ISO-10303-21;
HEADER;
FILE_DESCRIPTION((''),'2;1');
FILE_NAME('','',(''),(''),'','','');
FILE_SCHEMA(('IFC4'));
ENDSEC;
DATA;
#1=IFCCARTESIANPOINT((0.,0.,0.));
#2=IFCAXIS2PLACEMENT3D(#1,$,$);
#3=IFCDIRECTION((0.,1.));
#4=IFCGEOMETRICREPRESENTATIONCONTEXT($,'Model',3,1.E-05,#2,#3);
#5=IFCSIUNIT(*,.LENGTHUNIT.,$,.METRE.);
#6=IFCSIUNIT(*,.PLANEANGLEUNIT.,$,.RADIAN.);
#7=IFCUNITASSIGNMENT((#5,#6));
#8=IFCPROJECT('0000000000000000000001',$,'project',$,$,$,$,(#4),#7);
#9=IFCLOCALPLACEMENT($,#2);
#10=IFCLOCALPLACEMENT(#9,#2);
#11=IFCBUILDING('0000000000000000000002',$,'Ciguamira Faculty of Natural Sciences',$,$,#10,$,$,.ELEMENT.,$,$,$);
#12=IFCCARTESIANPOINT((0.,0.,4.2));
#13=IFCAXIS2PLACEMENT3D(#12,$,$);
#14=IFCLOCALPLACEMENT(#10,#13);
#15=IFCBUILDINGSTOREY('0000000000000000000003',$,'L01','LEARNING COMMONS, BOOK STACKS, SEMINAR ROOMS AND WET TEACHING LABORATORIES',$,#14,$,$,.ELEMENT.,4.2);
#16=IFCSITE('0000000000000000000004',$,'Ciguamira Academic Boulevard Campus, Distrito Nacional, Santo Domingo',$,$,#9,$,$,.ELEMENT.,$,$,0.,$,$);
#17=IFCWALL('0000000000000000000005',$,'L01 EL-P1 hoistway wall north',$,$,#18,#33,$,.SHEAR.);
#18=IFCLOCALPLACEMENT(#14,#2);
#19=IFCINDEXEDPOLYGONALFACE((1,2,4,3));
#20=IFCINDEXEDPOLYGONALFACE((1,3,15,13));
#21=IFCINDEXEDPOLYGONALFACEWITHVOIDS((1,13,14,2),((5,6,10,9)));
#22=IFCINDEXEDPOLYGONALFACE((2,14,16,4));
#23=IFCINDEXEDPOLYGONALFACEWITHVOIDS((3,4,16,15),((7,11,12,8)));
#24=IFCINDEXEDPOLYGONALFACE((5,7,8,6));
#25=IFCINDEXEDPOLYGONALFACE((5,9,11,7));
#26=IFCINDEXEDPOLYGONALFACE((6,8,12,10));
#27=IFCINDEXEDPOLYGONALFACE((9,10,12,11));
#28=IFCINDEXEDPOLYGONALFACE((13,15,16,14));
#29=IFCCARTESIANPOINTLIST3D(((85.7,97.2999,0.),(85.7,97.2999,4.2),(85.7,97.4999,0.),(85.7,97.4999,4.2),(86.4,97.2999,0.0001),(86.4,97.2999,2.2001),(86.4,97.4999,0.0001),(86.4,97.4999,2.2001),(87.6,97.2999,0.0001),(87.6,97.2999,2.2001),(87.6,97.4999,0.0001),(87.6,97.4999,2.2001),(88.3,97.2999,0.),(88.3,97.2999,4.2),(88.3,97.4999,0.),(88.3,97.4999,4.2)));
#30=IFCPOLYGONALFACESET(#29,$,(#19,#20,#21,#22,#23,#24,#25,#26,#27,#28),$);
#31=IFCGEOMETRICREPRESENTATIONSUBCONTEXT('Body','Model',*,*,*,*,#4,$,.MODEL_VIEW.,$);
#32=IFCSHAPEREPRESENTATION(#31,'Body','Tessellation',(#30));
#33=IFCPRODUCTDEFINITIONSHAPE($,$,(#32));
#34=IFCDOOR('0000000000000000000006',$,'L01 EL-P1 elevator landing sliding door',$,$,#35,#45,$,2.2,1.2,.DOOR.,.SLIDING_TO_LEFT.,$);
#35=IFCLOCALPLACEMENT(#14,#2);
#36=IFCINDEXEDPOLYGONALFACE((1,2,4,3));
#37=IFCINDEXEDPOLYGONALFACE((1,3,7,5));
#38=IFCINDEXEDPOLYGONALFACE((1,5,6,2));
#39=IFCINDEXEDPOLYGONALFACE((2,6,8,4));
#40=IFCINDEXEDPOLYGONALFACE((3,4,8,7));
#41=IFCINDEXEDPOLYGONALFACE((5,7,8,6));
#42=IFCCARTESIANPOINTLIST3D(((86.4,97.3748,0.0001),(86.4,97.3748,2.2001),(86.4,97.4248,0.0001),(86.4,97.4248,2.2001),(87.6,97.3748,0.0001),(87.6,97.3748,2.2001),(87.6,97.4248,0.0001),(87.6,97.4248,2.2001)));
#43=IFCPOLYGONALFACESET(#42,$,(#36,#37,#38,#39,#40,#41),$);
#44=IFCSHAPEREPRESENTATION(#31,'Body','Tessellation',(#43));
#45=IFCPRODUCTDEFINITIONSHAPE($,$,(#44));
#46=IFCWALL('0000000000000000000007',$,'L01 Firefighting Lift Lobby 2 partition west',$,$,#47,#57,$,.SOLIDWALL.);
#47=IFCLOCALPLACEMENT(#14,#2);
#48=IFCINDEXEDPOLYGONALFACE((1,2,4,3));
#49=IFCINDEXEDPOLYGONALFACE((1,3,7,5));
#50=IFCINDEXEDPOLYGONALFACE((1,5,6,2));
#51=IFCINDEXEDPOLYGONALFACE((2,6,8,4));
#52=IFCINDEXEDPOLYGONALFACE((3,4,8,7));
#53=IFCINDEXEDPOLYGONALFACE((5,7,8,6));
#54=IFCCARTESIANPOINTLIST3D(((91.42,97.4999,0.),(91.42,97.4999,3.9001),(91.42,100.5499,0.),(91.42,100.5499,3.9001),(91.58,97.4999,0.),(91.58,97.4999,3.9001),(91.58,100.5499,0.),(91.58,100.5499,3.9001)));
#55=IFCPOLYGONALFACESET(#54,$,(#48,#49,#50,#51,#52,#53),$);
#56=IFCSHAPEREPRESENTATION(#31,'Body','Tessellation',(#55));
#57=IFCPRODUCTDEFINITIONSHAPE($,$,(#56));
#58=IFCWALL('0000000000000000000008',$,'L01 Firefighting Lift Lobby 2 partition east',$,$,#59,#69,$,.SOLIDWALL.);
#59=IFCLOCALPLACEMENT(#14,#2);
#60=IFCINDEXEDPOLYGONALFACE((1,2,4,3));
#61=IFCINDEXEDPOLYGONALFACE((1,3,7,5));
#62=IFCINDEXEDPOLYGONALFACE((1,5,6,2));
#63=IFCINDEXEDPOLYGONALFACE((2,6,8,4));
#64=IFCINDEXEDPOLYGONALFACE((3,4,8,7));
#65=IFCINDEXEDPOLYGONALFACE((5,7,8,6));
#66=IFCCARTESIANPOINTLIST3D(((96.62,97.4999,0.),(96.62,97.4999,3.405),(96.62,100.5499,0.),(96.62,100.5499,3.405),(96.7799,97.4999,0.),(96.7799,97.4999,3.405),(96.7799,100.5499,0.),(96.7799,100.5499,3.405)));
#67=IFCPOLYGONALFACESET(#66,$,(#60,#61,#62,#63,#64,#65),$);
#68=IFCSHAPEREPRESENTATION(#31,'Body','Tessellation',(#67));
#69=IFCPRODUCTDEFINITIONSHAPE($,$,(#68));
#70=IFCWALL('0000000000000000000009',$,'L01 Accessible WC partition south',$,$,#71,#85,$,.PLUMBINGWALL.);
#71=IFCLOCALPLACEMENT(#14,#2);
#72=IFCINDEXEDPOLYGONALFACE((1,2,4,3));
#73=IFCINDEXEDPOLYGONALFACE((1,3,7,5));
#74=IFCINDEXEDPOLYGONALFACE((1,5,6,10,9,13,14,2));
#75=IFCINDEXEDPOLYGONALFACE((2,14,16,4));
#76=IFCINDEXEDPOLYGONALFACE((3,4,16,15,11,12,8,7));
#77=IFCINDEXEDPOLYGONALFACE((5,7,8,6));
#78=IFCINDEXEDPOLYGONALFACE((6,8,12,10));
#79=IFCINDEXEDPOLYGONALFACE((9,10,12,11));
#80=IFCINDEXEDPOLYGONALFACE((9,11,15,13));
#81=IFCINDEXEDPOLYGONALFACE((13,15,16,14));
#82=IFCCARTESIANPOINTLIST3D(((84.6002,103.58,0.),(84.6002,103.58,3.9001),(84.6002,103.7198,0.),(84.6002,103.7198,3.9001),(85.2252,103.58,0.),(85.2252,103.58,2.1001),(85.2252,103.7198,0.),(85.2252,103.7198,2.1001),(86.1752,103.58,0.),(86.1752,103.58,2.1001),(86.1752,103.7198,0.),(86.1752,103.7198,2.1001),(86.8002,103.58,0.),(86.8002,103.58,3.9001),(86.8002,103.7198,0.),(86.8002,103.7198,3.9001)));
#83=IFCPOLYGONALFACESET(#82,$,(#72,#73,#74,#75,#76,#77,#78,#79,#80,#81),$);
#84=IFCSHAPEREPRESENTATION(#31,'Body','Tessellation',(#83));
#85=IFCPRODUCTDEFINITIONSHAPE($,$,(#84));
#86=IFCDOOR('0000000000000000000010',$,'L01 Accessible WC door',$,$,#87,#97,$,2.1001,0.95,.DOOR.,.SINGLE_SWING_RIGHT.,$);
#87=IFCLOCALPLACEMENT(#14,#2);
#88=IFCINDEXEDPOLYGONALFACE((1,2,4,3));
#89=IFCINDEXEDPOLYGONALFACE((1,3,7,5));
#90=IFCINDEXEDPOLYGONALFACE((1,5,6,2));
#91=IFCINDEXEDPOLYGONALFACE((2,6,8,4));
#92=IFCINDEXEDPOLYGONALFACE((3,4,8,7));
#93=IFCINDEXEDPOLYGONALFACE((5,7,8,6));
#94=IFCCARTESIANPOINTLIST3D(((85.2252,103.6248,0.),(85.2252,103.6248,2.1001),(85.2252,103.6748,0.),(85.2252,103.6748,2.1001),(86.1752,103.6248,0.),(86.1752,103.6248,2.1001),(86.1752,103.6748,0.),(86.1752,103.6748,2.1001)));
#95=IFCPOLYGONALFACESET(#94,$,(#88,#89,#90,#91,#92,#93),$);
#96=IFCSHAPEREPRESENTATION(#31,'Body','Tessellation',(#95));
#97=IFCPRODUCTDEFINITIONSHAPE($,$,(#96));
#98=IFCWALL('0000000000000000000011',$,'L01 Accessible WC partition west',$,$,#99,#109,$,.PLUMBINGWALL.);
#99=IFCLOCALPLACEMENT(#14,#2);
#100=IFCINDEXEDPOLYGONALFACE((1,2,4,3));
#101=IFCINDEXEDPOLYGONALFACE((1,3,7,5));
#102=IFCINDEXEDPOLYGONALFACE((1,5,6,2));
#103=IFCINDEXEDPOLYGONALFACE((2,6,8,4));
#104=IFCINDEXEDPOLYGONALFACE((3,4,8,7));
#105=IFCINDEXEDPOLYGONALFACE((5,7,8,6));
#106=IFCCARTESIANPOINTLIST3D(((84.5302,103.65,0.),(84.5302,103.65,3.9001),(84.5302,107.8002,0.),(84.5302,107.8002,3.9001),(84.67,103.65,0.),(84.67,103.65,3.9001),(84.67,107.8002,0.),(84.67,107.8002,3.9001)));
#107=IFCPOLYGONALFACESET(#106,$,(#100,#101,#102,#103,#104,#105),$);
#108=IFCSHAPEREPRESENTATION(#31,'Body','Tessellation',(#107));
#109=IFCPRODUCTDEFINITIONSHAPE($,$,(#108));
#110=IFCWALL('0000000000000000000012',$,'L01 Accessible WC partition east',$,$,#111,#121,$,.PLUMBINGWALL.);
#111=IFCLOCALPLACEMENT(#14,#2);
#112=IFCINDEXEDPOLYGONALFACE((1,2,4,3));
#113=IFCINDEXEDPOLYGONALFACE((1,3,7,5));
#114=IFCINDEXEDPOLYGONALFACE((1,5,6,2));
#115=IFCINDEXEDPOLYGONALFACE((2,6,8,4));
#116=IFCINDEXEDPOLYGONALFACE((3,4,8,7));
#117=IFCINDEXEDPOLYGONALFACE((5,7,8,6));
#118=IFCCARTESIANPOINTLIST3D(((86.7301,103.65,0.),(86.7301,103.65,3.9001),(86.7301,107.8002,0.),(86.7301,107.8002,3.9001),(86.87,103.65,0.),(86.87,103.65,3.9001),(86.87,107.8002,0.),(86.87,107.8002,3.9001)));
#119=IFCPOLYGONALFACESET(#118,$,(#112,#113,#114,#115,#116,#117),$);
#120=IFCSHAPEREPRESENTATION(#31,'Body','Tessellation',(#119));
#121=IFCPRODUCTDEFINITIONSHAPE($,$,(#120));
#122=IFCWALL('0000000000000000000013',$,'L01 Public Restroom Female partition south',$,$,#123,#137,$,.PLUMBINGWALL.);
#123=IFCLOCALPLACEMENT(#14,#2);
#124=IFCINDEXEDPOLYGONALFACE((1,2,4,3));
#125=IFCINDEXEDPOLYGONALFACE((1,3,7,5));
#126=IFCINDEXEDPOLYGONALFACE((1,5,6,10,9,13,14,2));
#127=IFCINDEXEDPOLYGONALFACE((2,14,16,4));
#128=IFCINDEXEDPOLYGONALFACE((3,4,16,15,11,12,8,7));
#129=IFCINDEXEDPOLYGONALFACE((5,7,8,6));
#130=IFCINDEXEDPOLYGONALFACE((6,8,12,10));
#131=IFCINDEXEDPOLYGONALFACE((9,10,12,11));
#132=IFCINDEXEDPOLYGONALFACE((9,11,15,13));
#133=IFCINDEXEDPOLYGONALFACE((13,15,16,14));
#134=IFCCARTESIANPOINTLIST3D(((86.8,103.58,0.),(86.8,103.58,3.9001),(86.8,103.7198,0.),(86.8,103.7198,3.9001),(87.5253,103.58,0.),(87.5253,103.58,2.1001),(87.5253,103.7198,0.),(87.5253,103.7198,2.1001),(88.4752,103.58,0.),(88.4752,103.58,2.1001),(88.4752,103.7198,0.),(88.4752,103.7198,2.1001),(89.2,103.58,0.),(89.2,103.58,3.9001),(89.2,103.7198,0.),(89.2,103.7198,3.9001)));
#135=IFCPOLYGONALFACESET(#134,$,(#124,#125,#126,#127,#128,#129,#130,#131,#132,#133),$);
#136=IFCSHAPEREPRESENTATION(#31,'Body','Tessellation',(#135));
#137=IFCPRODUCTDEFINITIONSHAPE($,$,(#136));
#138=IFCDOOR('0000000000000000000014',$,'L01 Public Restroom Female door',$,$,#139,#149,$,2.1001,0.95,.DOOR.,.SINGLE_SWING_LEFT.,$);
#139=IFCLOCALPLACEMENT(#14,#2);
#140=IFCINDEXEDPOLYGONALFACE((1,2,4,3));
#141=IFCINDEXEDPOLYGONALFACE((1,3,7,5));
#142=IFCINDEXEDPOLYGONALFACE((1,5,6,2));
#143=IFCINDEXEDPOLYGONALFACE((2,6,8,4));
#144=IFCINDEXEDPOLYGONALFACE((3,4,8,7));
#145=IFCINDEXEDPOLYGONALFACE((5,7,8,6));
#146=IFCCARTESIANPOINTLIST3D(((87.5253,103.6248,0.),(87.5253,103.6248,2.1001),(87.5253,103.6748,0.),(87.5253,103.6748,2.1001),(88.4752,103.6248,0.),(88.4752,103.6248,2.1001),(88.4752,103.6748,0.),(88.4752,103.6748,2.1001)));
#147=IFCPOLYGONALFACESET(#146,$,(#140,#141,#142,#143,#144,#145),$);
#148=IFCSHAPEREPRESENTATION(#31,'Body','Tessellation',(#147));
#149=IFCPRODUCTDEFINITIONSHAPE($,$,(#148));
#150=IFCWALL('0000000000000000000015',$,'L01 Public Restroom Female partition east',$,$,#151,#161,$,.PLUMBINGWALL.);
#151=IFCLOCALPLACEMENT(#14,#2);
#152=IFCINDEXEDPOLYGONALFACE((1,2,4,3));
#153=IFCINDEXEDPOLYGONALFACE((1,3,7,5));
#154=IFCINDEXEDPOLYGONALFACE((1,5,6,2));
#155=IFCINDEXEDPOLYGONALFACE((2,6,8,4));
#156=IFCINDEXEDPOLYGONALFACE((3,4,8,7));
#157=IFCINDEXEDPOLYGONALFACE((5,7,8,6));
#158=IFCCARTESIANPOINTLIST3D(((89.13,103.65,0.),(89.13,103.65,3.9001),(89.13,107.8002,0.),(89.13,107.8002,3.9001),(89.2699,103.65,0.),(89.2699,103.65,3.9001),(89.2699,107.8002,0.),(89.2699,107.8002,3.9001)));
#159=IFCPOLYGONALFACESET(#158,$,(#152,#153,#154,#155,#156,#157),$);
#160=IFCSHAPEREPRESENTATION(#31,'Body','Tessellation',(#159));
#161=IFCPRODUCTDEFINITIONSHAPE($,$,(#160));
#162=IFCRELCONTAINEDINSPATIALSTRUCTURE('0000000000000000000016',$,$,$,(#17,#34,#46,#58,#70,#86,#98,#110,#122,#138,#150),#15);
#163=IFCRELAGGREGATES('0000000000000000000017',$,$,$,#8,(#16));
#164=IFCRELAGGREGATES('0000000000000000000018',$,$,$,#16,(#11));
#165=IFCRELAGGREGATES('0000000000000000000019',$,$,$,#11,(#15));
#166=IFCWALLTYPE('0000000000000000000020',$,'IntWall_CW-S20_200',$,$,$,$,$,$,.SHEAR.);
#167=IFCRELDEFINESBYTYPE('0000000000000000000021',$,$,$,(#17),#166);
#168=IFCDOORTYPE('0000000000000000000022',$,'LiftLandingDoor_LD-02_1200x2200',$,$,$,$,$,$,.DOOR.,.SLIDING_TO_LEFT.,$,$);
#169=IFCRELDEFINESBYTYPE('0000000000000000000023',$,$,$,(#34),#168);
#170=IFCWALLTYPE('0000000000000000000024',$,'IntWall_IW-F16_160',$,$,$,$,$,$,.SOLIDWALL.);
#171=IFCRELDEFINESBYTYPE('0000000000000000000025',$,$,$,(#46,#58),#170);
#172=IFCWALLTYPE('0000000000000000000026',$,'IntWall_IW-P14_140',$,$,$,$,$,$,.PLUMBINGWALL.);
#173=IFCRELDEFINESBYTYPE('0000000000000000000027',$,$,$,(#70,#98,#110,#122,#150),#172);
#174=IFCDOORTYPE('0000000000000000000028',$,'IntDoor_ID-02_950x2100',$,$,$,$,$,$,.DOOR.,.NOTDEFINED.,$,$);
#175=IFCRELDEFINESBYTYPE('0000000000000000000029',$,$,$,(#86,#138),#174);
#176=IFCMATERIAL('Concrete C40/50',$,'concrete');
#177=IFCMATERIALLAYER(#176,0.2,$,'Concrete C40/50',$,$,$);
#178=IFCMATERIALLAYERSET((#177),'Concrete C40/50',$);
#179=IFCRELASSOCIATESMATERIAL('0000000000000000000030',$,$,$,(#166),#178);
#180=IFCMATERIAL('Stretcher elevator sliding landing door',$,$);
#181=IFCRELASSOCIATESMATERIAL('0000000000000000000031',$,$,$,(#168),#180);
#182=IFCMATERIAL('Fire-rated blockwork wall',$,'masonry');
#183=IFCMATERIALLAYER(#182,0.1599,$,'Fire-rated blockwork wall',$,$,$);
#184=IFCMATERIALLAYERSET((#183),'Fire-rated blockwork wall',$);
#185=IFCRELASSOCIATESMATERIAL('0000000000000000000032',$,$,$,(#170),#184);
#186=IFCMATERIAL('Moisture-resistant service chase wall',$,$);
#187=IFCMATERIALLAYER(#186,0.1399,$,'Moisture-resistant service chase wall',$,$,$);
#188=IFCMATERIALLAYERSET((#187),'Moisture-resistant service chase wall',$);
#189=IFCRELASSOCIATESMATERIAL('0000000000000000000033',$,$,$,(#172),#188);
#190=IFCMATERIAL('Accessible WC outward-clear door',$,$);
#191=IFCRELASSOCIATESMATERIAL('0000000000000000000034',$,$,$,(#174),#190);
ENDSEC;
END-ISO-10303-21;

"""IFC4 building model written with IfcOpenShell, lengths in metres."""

from ifc_helpers import new_model, si_unit, direction, frame, frame_2d, origin, place, context, subcontext, project, spatial, rectangle, extrude, material, layer, layer_set, type_object, element, fill, save


model = new_model("IFC4")

# Units and contexts
model_context = context("Model", 3, precision=1e-05, world=origin(), true_north=direction((0.0, 1.0)))
body_context = subcontext(model_context, "Body", "Model", "MODEL_VIEW")
ifc_project = project(units=[si_unit("LENGTHUNIT", "METRE"), si_unit("PLANEANGLEUNIT", "RADIAN")], contexts=[model_context])

# Site, building, storey
site_placement = place(None, origin())
site = spatial("IfcSite", under=ifc_project, at=site_placement, Name="Ciguamira Academic Boulevard Campus, Distrito Nacional, Santo Domingo", CompositionType="ELEMENT", RefElevation=0.0)
building_placement = place(site_placement, origin())
building = spatial("IfcBuilding", under=site, at=building_placement, Name="Ciguamira Faculty of Natural Sciences", CompositionType="ELEMENT")
storey_placement = place(building_placement, frame((0.0, 0.0, 4.2)))
storey = spatial("IfcBuildingStorey", under=building, at=storey_placement, Name="L01", Description="LEARNING COMMONS, BOOK STACKS, SEMINAR ROOMS AND WET TEACHING LABORATORIES", CompositionType="ELEMENT", Elevation=4.2)

# Shared definitions
ifc_material_1 = material(Name="Concrete C40/50", Category="concrete")

# Wall, opening, door
ifc_layer_1 = layer(ifc_material_1, 0.2, Name="Concrete C40/50")
ifc_layer_set_1 = layer_set([ifc_layer_1], Name="Concrete C40/50")
wall_type_1 = type_object("IfcWallType", Name="IntWall_CW-S20_200", PredefinedType="SHEAR", material=ifc_layer_set_1)
wall_1_placement = place(storey_placement, frame((85.7, 97.3999, 0.0), z_axis=(0.0, 0.0, 1.0), x_axis=(1.0, 0.0, 0.0)))
wall_1 = element("IfcWall", 1, at=wall_1_placement, inside=storey, type_object=wall_type_1, Name="L01 EL-P1 hoistway wall north", PredefinedType="SHEAR", context=body_context, shape_type="SweptSolid", body=[
    extrude(rectangle(XDim=2.6001, YDim=0.2, at=frame_2d((1.3, 0.0))), origin(), (0.0, 0.0, 1.0), 4.2),
])
opening_1_placement = place(wall_1_placement, frame((0.7, 0.0, 0.0)))
opening_1 = element("IfcOpeningElement", 2, at=opening_1_placement, cuts=wall_1, PredefinedType="OPENING", context=body_context, shape_type="SweptSolid", body=[
    extrude(rectangle(XDim=1.2, YDim=2.2, at=frame_2d((0.6001, 1.1001))), frame((0.0, 0.1099, 0.0), z_axis=(0.0, -1.0, 0.0), x_axis=(1.0, 0.0, 0.0)), (0.0, 0.0, 1.0), 0.22),
])
ifc_material_2 = material(Name="Stretcher elevator sliding landing door")
door_type_1 = type_object("IfcDoorType", Name="LiftLandingDoor_LD-02_1200x2200", OperationType="SLIDING_TO_LEFT", PredefinedType="DOOR", material=ifc_material_2)
door_1_placement = place(opening_1_placement, origin())
door_1 = element("IfcDoor", 3, at=door_1_placement, inside=storey, type_object=door_type_1, Name="L01 EL-P1 elevator landing sliding door", OperationType="SLIDING_TO_LEFT", OverallHeight=2.2, OverallWidth=1.2, PredefinedType="DOOR", context=body_context, shape_type="SweptSolid", body=[
    extrude(rectangle(XDim=1.2, YDim=2.2, at=frame_2d((0.6001, 1.1001))), frame((0.0, 0.0249, 0.0), z_axis=(0.0, -1.0, 0.0), x_axis=(1.0, 0.0, 0.0)), (0.0, 0.0, 1.0), 0.05),
])
fill(opening_1, door_1)
ifc_material_3 = material(Name="Fire-rated blockwork wall", Category="masonry")
ifc_layer_2 = layer(ifc_material_3, 0.1599, Name="Fire-rated blockwork wall")
ifc_layer_set_2 = layer_set([ifc_layer_2], Name="Fire-rated blockwork wall")
wall_type_2 = type_object("IfcWallType", Name="IntWall_IW-F16_160", PredefinedType="SOLIDWALL", material=ifc_layer_set_2)

# Walls
wall_2_placement = place(storey_placement, frame((91.5, 97.5, 0.0), z_axis=(0.0, 0.0, 1.0), x_axis=(0.0, 1.0, 0.0)))
element("IfcWall", 4, at=wall_2_placement, inside=storey, type_object=wall_type_2, Name="L01 Firefighting Lift Lobby 2 partition west", PredefinedType="SOLIDWALL", context=body_context, shape_type="SweptSolid", body=[
    extrude(rectangle(XDim=3.05, YDim=0.1599, at=frame_2d((1.5249, 0.0))), origin(), (0.0, 0.0, 1.0), 3.9001),
])
wall_3_placement = place(storey_placement, frame((96.7, 97.5, 0.0), z_axis=(0.0, 0.0, 1.0), x_axis=(0.0, 1.0, 0.0)))
element("IfcWall", 5, at=wall_3_placement, inside=storey, type_object=wall_type_2, Name="L01 Firefighting Lift Lobby 2 partition east", PredefinedType="SOLIDWALL", context=body_context, shape_type="SweptSolid", body=[
    extrude(rectangle(XDim=3.05, YDim=0.1599, at=frame_2d((1.5249, 0.0))), origin(), (0.0, 0.0, 1.0), 3.405),
])

# Wall, opening, door
ifc_material_4 = material(Name="Moisture-resistant service chase wall")
ifc_layer_3 = layer(ifc_material_4, 0.1399, Name="Moisture-resistant service chase wall")
ifc_layer_set_3 = layer_set([ifc_layer_3], Name="Moisture-resistant service chase wall")
wall_type_3 = type_object("IfcWallType", Name="IntWall_IW-P14_140", PredefinedType="PLUMBINGWALL", material=ifc_layer_set_3)
wall_4_placement = place(storey_placement, frame((84.6001, 103.6499, 0.0), z_axis=(0.0, 0.0, 1.0), x_axis=(1.0, 0.0, 0.0)))
wall_4 = element("IfcWall", 6, at=wall_4_placement, inside=storey, type_object=wall_type_3, Name="L01 Accessible WC partition south", PredefinedType="PLUMBINGWALL", context=body_context, shape_type="SweptSolid", body=[
    extrude(rectangle(XDim=2.2, YDim=0.1399, at=frame_2d((1.1001, 0.0))), origin(), (0.0, 0.0, 1.0), 3.9001),
])
opening_2_placement = place(wall_4_placement, frame((0.625, 0.0, 0.0)))
opening_2 = element("IfcOpeningElement", 7, at=opening_2_placement, cuts=wall_4, PredefinedType="OPENING", context=body_context, shape_type="SweptSolid", body=[
    extrude(rectangle(XDim=0.95, YDim=2.1001, at=frame_2d((0.4751, 1.05))), frame((0.0, 0.0798, 0.0), z_axis=(0.0, -1.0, 0.0), x_axis=(1.0, 0.0, 0.0)), (0.0, 0.0, 1.0), 0.1599),
])
ifc_material_5 = material(Name="Accessible WC outward-clear door")
door_type_2 = type_object("IfcDoorType", Name="IntDoor_ID-02_950x2100", OperationType="NOTDEFINED", PredefinedType="DOOR", material=ifc_material_5)
door_2_placement = place(opening_2_placement, origin())
door_2 = element("IfcDoor", 8, at=door_2_placement, inside=storey, type_object=door_type_2, Name="L01 Accessible WC door", OperationType="SINGLE_SWING_RIGHT", OverallHeight=2.1001, OverallWidth=0.95, PredefinedType="DOOR", context=body_context, shape_type="SweptSolid", body=[
    extrude(rectangle(XDim=0.95, YDim=2.1001, at=frame_2d((0.4751, 1.05))), frame((0.0, 0.0249, 0.0), z_axis=(0.0, -1.0, 0.0), x_axis=(1.0, 0.0, 0.0)), (0.0, 0.0, 1.0), 0.05),
])
fill(opening_2, door_2)

# Walls
for number, where, z_axis, x_axis, name in (
    (9, (84.6001, 103.6499, 0.0), (0.0, 0.0, 1.0), (0.0, 1.0, 0.0), "L01 Accessible WC partition west"),
    (10, (86.8, 103.6499, 0.0), (0.0, 0.0, 1.0), (0.0, 1.0, 0.0), "L01 Accessible WC partition east"),
):
    element("IfcWall", number, at=place(storey_placement, frame(where, z_axis=z_axis, x_axis=x_axis)), inside=storey, type_object=wall_type_3, Name=name, PredefinedType="PLUMBINGWALL", context=body_context, shape_type="SweptSolid", body=[
        extrude(rectangle(XDim=4.1501, YDim=0.1399, at=frame_2d((2.0752, 0.0))), origin(), (0.0, 0.0, 1.0), 3.9001),
    ])

# Wall, opening, door
wall_5_placement = place(storey_placement, frame((86.8, 103.6499, 0.0), z_axis=(0.0, 0.0, 1.0), x_axis=(1.0, 0.0, 0.0)))
wall_5 = element("IfcWall", 11, at=wall_5_placement, inside=storey, type_object=wall_type_3, Name="L01 Public Restroom Female partition south", PredefinedType="PLUMBINGWALL", context=body_context, shape_type="SweptSolid", body=[
    extrude(rectangle(XDim=2.3999, YDim=0.1399, at=frame_2d((1.2, 0.0))), origin(), (0.0, 0.0, 1.0), 3.9001),
])
opening_3_placement = place(wall_5_placement, frame((0.7251, 0.0, 0.0)))
opening_3 = element("IfcOpeningElement", 12, at=opening_3_placement, cuts=wall_5, PredefinedType="OPENING", context=body_context, shape_type="SweptSolid", body=[
    extrude(rectangle(XDim=0.95, YDim=2.1001, at=frame_2d((0.4751, 1.05))), frame((0.0, 0.0798, 0.0), z_axis=(0.0, -1.0, 0.0), x_axis=(1.0, 0.0, 0.0)), (0.0, 0.0, 1.0), 0.1599),
])
door_3_placement = place(opening_3_placement, origin())
door_3 = element("IfcDoor", 13, at=door_3_placement, inside=storey, type_object=door_type_2, Name="L01 Public Restroom Female door", OperationType="SINGLE_SWING_LEFT", OverallHeight=2.1001, OverallWidth=0.95, PredefinedType="DOOR", context=body_context, shape_type="SweptSolid", body=[
    extrude(rectangle(XDim=0.95, YDim=2.1001, at=frame_2d((0.4751, 1.05))), frame((0.0, 0.0249, 0.0), z_axis=(0.0, -1.0, 0.0), x_axis=(1.0, 0.0, 0.0)), (0.0, 0.0, 1.0), 0.05),
])
fill(opening_3, door_3)

# Wall
wall_6_placement = place(storey_placement, frame((89.2, 103.6499, 0.0), z_axis=(0.0, 0.0, 1.0), x_axis=(0.0, 1.0, 0.0)))
element("IfcWall", 14, at=wall_6_placement, inside=storey, type_object=wall_type_3, Name="L01 Public Restroom Female partition east", PredefinedType="PLUMBINGWALL", context=body_context, shape_type="SweptSolid", body=[
    extrude(rectangle(XDim=4.1501, YDim=0.1399, at=frame_2d((2.0752, 0.0))), origin(), (0.0, 0.0, 1.0), 3.9001),
])

save(model, "model.ifc")
